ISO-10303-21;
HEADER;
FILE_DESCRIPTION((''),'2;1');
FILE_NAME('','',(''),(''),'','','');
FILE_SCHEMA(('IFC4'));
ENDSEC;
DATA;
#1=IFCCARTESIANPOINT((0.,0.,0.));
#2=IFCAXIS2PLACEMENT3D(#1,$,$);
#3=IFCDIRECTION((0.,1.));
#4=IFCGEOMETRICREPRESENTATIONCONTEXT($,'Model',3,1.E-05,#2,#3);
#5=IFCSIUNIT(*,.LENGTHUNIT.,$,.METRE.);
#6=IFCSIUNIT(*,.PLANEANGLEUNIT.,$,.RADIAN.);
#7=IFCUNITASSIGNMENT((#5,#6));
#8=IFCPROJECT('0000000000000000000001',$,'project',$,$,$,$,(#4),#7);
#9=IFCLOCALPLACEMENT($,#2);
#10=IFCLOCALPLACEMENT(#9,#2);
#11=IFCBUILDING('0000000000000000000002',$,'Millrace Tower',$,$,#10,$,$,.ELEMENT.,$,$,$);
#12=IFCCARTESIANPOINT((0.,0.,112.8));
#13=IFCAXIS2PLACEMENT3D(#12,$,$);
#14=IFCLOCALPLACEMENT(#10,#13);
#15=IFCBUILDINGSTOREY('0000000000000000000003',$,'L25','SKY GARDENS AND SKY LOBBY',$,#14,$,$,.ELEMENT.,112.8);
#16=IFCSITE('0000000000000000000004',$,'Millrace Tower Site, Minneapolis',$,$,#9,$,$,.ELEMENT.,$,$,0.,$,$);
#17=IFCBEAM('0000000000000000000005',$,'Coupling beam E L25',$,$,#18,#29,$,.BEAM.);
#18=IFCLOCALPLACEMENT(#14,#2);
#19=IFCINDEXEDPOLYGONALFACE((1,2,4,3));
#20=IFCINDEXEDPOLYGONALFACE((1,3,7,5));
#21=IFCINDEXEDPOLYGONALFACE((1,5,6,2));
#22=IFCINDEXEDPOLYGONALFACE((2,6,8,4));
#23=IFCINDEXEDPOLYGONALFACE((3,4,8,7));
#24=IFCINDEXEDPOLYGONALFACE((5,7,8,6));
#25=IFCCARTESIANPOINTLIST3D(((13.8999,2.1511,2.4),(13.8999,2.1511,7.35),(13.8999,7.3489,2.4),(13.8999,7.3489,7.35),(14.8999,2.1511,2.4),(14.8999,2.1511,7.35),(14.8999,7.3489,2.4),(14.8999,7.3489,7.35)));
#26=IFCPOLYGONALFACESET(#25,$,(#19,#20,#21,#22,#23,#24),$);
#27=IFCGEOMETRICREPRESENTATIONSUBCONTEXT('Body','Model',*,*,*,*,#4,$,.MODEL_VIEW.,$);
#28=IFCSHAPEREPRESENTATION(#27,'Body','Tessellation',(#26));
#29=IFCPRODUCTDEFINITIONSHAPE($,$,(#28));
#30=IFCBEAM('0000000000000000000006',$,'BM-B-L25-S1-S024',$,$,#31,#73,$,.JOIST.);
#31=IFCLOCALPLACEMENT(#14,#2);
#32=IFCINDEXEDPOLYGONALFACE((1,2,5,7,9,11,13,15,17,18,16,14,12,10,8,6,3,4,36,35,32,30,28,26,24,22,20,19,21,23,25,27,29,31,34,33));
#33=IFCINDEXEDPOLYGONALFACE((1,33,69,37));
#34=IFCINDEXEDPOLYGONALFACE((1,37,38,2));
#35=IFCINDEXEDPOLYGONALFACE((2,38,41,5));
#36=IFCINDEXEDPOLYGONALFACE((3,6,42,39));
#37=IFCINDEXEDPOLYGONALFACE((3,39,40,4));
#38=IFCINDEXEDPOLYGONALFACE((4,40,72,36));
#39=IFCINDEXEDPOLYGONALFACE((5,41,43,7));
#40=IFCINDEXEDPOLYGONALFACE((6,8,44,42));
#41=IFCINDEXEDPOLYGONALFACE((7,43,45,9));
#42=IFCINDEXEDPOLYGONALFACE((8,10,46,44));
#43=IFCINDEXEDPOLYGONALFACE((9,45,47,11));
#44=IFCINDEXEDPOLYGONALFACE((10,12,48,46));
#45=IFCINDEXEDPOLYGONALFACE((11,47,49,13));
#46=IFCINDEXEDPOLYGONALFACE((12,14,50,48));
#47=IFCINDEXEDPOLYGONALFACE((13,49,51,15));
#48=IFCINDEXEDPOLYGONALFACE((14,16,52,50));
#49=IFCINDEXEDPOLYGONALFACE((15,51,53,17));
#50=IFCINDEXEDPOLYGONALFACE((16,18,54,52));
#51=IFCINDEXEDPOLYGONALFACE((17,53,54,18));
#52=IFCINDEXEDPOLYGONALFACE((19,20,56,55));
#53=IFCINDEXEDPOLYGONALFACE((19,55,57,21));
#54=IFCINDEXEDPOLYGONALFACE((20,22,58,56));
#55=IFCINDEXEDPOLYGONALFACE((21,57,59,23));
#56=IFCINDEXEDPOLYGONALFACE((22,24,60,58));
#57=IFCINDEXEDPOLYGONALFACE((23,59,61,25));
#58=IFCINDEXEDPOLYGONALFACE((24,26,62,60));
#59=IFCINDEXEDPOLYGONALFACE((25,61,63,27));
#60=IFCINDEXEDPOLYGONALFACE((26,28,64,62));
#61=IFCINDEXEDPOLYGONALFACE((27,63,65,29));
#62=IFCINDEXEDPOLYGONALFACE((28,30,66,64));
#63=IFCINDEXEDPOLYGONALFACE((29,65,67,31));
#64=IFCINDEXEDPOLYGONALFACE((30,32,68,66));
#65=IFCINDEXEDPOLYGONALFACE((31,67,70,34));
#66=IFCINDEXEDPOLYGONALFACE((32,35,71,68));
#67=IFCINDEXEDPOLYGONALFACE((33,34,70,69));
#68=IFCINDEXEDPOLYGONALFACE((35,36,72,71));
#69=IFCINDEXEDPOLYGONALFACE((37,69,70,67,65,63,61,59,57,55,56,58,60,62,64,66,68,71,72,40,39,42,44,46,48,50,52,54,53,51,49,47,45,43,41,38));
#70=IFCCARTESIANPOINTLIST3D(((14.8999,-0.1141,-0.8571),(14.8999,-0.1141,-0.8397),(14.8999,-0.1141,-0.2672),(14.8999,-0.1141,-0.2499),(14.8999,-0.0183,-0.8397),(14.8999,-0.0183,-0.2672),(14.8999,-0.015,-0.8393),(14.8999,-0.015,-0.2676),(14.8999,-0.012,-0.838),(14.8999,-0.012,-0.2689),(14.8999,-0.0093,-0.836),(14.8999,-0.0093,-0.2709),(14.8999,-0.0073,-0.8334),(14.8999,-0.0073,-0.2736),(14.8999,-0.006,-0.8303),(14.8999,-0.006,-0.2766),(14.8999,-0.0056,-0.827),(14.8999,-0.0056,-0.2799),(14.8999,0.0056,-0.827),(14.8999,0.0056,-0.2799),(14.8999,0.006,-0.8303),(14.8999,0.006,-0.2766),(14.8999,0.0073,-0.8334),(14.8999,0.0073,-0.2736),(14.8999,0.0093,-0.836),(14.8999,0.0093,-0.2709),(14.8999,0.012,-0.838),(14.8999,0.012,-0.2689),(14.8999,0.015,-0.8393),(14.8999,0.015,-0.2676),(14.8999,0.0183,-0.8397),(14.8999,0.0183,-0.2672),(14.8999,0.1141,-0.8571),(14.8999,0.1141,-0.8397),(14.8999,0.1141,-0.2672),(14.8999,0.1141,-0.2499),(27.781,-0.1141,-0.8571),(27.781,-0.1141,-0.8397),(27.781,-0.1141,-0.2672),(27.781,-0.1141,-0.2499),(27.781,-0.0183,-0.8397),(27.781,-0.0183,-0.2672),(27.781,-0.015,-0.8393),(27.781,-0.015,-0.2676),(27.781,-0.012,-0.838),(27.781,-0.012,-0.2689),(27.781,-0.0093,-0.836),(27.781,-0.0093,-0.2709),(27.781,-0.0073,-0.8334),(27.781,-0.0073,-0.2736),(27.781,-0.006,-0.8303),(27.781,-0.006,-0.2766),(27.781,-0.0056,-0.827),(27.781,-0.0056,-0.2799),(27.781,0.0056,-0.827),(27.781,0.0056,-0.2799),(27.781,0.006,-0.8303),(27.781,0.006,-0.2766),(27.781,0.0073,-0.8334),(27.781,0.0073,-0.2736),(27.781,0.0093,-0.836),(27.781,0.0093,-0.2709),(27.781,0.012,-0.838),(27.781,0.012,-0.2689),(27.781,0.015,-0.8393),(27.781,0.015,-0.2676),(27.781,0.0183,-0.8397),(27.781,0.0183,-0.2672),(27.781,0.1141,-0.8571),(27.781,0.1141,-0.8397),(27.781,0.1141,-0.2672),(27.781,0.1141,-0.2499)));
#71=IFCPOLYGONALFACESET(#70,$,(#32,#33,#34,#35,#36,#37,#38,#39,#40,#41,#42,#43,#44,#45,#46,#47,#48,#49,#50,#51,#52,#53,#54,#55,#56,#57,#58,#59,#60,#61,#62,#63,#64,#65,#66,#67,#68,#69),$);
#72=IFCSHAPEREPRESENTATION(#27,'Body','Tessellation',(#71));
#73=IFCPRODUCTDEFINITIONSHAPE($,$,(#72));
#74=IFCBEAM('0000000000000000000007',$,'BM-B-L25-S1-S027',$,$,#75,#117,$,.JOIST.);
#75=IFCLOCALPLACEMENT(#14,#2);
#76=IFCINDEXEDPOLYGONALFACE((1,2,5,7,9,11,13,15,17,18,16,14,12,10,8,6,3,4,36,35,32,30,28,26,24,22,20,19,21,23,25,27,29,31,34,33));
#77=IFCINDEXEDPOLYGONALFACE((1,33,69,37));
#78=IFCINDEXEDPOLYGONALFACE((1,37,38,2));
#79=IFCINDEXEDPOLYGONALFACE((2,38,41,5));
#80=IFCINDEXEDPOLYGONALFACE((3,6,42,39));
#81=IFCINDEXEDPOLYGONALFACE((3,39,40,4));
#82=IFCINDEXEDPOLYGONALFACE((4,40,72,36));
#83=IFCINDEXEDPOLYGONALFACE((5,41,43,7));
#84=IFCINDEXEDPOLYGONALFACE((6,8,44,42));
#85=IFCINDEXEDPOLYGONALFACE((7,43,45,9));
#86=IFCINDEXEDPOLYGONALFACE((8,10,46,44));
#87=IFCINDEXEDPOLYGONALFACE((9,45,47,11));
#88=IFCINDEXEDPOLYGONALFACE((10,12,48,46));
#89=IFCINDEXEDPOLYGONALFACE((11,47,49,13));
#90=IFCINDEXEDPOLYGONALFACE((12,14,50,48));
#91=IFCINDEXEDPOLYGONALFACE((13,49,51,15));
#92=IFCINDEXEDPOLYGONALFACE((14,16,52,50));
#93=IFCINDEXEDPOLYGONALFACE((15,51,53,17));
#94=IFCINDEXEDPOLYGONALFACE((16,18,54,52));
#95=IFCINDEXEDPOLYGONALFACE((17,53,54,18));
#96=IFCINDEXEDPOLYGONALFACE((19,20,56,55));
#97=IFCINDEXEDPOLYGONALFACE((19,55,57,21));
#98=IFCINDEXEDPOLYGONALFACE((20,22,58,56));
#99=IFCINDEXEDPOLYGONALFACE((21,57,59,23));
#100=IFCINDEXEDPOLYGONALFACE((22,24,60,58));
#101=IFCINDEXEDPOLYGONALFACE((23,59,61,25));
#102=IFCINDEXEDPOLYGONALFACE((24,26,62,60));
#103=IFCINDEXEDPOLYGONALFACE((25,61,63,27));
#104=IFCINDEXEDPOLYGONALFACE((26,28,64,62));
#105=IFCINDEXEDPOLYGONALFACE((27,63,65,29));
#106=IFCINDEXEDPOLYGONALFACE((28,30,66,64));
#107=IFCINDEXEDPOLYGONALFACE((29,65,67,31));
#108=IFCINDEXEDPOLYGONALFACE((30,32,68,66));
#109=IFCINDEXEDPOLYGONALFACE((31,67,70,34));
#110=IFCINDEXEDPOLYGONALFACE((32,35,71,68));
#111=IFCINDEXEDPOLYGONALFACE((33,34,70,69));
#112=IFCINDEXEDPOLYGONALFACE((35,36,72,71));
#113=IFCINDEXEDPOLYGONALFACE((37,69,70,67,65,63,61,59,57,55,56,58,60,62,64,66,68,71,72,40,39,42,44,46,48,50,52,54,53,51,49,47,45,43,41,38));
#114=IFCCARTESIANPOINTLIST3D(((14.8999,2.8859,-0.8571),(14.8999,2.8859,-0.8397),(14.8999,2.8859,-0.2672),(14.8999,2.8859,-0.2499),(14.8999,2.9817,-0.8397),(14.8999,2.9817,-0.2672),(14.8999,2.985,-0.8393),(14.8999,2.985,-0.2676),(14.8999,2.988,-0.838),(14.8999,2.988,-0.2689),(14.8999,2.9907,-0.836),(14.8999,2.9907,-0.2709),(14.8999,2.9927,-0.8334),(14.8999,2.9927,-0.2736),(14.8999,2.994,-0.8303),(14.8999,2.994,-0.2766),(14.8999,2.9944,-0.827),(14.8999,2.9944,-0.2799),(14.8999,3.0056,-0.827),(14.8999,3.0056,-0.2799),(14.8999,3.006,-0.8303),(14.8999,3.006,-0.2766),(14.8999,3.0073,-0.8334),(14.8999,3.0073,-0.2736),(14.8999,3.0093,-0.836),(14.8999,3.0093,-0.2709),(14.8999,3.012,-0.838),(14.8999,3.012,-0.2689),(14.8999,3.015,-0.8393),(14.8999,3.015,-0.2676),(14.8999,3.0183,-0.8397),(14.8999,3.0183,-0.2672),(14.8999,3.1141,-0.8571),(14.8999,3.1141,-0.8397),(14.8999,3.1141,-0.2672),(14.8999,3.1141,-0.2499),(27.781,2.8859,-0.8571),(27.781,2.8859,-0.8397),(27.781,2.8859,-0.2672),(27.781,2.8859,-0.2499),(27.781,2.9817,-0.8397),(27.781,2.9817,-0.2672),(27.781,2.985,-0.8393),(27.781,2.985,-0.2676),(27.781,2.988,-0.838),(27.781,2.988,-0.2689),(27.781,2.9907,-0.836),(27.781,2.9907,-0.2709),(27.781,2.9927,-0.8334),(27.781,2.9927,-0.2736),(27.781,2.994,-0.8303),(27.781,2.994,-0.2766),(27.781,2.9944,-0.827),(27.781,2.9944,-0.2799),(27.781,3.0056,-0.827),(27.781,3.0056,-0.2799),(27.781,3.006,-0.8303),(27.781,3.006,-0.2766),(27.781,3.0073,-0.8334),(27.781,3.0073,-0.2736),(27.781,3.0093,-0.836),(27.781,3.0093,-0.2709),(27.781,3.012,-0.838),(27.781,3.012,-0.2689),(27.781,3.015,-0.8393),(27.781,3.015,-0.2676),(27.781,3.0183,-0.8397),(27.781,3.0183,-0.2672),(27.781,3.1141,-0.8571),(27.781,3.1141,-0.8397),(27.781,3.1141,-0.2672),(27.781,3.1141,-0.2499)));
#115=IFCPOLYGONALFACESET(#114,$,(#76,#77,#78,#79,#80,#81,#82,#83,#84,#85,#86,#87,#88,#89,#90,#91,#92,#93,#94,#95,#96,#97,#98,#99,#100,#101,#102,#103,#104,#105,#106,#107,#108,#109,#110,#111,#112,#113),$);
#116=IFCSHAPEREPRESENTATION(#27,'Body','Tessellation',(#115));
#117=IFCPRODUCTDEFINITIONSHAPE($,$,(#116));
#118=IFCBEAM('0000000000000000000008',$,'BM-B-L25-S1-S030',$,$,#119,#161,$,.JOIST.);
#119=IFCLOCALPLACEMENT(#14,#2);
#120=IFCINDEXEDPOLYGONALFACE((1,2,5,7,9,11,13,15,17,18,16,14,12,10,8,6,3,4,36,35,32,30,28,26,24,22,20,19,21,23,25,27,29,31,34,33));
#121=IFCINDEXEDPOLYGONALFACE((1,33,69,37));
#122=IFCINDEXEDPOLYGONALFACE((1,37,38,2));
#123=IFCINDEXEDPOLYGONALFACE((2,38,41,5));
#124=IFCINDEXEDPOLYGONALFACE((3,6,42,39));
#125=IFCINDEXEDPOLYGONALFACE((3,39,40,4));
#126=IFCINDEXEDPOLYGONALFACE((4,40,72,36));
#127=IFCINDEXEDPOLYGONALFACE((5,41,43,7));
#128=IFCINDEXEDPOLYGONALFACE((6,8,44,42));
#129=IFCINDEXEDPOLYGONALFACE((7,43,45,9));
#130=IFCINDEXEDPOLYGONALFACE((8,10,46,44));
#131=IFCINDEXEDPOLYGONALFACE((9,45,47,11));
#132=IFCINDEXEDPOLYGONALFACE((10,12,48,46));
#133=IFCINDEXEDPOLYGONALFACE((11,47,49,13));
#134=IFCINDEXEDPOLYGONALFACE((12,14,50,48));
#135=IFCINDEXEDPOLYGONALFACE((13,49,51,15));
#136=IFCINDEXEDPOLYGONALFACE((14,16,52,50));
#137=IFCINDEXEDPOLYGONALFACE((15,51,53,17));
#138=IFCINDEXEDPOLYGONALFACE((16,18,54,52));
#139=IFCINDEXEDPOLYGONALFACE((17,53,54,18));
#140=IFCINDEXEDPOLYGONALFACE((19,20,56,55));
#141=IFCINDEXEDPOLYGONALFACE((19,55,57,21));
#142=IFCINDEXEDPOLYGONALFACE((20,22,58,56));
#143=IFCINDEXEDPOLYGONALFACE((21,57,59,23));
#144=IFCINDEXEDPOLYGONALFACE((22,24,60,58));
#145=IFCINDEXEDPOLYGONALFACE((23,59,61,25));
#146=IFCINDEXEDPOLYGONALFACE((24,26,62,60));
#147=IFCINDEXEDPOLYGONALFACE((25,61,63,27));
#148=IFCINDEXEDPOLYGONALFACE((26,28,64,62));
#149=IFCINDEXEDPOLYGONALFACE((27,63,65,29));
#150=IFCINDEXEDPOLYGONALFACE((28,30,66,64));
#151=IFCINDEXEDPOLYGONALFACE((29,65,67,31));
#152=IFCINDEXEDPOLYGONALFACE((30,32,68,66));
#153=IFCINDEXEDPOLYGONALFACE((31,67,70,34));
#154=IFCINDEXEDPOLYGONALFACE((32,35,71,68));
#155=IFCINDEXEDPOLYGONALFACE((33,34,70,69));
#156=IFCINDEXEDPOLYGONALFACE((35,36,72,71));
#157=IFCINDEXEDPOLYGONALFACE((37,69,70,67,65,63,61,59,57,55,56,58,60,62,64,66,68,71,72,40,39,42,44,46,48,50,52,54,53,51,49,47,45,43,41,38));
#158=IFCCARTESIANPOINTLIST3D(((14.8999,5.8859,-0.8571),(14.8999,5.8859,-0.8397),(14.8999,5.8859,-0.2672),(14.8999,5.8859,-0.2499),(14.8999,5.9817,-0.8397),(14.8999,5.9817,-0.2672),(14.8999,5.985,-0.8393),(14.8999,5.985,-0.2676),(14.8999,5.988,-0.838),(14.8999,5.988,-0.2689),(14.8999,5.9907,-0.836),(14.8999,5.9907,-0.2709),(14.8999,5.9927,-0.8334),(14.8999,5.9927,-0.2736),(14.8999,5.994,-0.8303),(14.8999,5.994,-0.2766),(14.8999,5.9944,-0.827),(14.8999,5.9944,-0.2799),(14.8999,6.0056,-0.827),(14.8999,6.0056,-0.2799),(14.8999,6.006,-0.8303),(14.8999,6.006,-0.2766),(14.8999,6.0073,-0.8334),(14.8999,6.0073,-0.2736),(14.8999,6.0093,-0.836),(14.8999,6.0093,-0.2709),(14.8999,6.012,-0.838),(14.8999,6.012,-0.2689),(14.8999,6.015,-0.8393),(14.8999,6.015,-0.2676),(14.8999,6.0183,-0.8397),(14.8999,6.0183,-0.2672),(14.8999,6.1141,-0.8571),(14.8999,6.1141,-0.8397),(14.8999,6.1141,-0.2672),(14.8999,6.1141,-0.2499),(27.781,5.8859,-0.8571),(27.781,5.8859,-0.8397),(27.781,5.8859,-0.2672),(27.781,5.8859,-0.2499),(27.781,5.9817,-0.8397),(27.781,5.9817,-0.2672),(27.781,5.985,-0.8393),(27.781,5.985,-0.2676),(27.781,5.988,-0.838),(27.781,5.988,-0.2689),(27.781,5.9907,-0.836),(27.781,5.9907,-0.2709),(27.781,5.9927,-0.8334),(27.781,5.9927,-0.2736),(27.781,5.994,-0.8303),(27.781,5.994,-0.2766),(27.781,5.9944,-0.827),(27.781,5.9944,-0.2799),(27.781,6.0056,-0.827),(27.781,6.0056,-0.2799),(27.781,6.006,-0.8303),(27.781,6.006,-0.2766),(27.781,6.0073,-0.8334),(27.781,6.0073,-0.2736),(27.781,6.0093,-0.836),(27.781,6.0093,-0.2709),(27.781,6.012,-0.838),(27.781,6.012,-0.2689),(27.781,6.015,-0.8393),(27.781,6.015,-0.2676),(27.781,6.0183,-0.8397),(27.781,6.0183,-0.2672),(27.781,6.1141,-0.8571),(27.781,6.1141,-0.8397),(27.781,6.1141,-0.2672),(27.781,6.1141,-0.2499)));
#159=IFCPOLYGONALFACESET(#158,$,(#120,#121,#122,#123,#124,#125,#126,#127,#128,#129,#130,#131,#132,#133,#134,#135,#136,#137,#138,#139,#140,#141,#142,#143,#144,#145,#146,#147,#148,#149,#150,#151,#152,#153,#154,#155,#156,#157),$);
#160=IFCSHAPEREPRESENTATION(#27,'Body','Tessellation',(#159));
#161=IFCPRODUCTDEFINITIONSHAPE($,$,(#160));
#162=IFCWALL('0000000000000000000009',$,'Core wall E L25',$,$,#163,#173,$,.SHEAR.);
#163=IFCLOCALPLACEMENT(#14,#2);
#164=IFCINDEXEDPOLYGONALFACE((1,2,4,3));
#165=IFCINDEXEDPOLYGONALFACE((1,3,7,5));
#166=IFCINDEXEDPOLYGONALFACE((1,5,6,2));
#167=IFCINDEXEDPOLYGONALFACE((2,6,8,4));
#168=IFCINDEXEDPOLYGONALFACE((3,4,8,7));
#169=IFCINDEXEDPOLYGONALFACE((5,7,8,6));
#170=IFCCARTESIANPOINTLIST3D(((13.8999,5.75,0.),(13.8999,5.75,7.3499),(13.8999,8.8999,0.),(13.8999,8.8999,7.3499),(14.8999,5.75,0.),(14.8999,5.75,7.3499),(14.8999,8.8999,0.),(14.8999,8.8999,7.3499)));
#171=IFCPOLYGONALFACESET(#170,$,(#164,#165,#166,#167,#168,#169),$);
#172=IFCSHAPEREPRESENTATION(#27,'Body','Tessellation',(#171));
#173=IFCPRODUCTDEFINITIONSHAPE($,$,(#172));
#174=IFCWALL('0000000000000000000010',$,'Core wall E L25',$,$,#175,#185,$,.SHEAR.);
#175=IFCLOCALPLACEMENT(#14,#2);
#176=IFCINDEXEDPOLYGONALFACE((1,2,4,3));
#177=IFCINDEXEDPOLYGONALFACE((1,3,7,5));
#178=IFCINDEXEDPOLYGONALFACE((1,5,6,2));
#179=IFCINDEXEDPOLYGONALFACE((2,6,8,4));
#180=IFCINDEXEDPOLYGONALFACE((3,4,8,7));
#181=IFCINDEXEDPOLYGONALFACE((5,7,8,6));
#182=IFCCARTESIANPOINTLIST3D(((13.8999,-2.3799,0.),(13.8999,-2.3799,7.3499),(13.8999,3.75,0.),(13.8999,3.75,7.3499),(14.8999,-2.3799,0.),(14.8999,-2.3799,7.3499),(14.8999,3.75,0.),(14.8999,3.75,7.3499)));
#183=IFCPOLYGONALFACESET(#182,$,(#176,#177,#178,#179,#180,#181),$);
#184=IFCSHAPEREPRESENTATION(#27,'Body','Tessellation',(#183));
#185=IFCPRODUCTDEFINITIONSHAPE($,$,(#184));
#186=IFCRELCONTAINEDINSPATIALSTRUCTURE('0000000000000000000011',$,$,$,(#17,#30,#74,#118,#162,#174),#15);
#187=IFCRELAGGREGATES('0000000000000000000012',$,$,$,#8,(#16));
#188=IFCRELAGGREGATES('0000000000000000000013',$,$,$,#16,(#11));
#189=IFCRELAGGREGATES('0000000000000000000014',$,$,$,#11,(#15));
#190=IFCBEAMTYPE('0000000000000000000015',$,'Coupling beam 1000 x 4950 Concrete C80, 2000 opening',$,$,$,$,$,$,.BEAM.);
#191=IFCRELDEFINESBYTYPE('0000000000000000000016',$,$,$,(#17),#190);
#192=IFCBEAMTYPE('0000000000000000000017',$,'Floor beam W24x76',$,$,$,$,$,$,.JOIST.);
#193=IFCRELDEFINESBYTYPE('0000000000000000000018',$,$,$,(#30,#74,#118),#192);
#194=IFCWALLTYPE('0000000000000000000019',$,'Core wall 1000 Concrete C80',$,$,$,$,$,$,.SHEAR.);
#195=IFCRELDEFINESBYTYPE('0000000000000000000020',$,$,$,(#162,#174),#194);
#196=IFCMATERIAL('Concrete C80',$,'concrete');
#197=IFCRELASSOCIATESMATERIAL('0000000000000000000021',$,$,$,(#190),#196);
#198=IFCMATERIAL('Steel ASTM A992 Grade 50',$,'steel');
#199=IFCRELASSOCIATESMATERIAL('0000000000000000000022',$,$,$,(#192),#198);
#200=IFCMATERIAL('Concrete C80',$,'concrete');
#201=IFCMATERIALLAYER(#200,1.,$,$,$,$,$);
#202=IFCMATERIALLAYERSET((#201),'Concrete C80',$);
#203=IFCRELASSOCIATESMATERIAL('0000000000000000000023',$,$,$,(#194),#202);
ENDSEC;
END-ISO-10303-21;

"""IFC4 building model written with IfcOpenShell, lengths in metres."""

from ifc_helpers import new_model, si_unit, direction, frame, frame_2d, origin, origin_2d, place, context, subcontext, project, spatial, rectangle, i_section, extrude, material, layer, layer_set, material_profile, profile_set, type_object, element, save


model = new_model("IFC4")

# Units and contexts
model_context = context("Model", 3, precision=1e-05, world=origin(), true_north=direction((0.0, 1.0)))
body_context = subcontext(model_context, "Body", "Model", "MODEL_VIEW")
ifc_project = project(units=[si_unit("LENGTHUNIT", "METRE"), si_unit("PLANEANGLEUNIT", "RADIAN")], contexts=[model_context])

# Site, building, storey
site_placement = place(None, origin())
site = spatial("IfcSite", under=ifc_project, at=site_placement, Name="Millrace Tower Site, Minneapolis", CompositionType="ELEMENT", RefElevation=0.0)
building_placement = place(site_placement, origin())
building = spatial("IfcBuilding", under=site, at=building_placement, Name="Millrace Tower", CompositionType="ELEMENT")
storey_placement = place(building_placement, frame((0.0, 0.0, 112.8)))
storey = spatial("IfcBuildingStorey", under=building, at=storey_placement, Name="L25", Description="SKY GARDENS AND SKY LOBBY", CompositionType="ELEMENT", Elevation=112.8)

# Beams
ifc_material_1 = material(Name="Concrete C80", Category="concrete")
ifc_material_profile_1 = material_profile(ifc_material_1, rectangle(XDim=1.0, YDim=4.95, at=origin_2d()))
ifc_profile_set_1 = profile_set([ifc_material_profile_1], Name="Concrete C80")
beam_type_1 = type_object("IfcBeamType", Name="Coupling beam 1000 x 4950 Concrete C80, 2000 opening", PredefinedType="BEAM", material=ifc_profile_set_1)
beam_placement = place(storey_placement, frame((14.3999, 7.3489, 4.875), z_axis=(0.0, -1.0, 0.0), x_axis=(1.0, 0.0, 0.0)))
element("IfcBeam", 1, at=beam_placement, inside=storey, type_object=beam_type_1, Name="Coupling beam E L25", PredefinedType="BEAM", context=body_context, shape_type="SweptSolid", body=[
    extrude(rectangle(XDim=1.0, YDim=4.95, at=origin_2d()), origin(), (0.0, 0.0, 1.0), 5.1978),
])
ifc_material_2 = material(Name="Steel ASTM A992 Grade 50", Category="steel")
ifc_material_profile_2 = material_profile(ifc_material_2, i_section(OverallWidth=0.2283, OverallDepth=0.6072, WebThickness=0.0112, FlangeThickness=0.0173, FilletRadius=0.0127, at=origin_2d()))
ifc_profile_set_2 = profile_set([ifc_material_profile_2], Name="Steel ASTM A992 Grade 50")
beam_type_2 = type_object("IfcBeamType", Name="Floor beam W24x76", PredefinedType="JOIST", material=ifc_profile_set_2)
for number, where, z_axis, x_axis, name in (
    (2, (14.8999, 0.0, -0.5535), (1.0, 0.0, 0.0), (0.0, 1.0, 0.0), "BM-B-L25-S1-S024"),
    (3, (14.8999, 3.0, -0.5535), (1.0, 0.0, 0.0), (0.0, 1.0, 0.0), "BM-B-L25-S1-S027"),
    (4, (14.8999, 6.0, -0.5535), (1.0, 0.0, 0.0), (0.0, 1.0, 0.0), "BM-B-L25-S1-S030"),
):
    element("IfcBeam", number, at=place(storey_placement, frame(where, z_axis=z_axis, x_axis=x_axis)), inside=storey, type_object=beam_type_2, Name=name, PredefinedType="JOIST", context=body_context, shape_type="SweptSolid", body=[
        extrude(i_section(OverallWidth=0.2283, OverallDepth=0.6072, WebThickness=0.0112, FlangeThickness=0.0173, FilletRadius=0.0127, at=origin_2d()), origin(), (0.0, 0.0, 1.0), 12.8811),
    ])

# Walls
ifc_material_3 = material(Name="Concrete C80", Category="concrete")
ifc_layer_1 = layer(ifc_material_3, 1.0)
ifc_layer_set_1 = layer_set([ifc_layer_1], Name="Concrete C80")
wall_type_1 = type_object("IfcWallType", Name="Core wall 1000 Concrete C80", PredefinedType="SHEAR", material=ifc_layer_set_1)
wall_1_placement = place(storey_placement, frame((14.3999, 8.8999, 0.0), z_axis=(0.0, 0.0, 1.0), x_axis=(0.0, -1.0, 0.0)))
element("IfcWall", 5, at=wall_1_placement, inside=storey, type_object=wall_type_1, Name="Core wall E L25", PredefinedType="SHEAR", context=body_context, shape_type="SweptSolid", body=[
    extrude(rectangle(XDim=3.1499, YDim=1.0, at=frame_2d((1.575, 0.0))), origin(), (0.0, 0.0, 1.0), 7.3499),
])
wall_2_placement = place(storey_placement, frame((14.3999, 3.75, 0.0), z_axis=(0.0, 0.0, 1.0), x_axis=(0.0, -1.0, 0.0)))
element("IfcWall", 6, at=wall_2_placement, inside=storey, type_object=wall_type_1, Name="Core wall E L25", PredefinedType="SHEAR", context=body_context, shape_type="SweptSolid", body=[
    extrude(rectangle(XDim=6.1299, YDim=1.0, at=frame_2d((3.0649, 0.0))), origin(), (0.0, 0.0, 1.0), 7.3499),
])

save(model, "model.ifc")
